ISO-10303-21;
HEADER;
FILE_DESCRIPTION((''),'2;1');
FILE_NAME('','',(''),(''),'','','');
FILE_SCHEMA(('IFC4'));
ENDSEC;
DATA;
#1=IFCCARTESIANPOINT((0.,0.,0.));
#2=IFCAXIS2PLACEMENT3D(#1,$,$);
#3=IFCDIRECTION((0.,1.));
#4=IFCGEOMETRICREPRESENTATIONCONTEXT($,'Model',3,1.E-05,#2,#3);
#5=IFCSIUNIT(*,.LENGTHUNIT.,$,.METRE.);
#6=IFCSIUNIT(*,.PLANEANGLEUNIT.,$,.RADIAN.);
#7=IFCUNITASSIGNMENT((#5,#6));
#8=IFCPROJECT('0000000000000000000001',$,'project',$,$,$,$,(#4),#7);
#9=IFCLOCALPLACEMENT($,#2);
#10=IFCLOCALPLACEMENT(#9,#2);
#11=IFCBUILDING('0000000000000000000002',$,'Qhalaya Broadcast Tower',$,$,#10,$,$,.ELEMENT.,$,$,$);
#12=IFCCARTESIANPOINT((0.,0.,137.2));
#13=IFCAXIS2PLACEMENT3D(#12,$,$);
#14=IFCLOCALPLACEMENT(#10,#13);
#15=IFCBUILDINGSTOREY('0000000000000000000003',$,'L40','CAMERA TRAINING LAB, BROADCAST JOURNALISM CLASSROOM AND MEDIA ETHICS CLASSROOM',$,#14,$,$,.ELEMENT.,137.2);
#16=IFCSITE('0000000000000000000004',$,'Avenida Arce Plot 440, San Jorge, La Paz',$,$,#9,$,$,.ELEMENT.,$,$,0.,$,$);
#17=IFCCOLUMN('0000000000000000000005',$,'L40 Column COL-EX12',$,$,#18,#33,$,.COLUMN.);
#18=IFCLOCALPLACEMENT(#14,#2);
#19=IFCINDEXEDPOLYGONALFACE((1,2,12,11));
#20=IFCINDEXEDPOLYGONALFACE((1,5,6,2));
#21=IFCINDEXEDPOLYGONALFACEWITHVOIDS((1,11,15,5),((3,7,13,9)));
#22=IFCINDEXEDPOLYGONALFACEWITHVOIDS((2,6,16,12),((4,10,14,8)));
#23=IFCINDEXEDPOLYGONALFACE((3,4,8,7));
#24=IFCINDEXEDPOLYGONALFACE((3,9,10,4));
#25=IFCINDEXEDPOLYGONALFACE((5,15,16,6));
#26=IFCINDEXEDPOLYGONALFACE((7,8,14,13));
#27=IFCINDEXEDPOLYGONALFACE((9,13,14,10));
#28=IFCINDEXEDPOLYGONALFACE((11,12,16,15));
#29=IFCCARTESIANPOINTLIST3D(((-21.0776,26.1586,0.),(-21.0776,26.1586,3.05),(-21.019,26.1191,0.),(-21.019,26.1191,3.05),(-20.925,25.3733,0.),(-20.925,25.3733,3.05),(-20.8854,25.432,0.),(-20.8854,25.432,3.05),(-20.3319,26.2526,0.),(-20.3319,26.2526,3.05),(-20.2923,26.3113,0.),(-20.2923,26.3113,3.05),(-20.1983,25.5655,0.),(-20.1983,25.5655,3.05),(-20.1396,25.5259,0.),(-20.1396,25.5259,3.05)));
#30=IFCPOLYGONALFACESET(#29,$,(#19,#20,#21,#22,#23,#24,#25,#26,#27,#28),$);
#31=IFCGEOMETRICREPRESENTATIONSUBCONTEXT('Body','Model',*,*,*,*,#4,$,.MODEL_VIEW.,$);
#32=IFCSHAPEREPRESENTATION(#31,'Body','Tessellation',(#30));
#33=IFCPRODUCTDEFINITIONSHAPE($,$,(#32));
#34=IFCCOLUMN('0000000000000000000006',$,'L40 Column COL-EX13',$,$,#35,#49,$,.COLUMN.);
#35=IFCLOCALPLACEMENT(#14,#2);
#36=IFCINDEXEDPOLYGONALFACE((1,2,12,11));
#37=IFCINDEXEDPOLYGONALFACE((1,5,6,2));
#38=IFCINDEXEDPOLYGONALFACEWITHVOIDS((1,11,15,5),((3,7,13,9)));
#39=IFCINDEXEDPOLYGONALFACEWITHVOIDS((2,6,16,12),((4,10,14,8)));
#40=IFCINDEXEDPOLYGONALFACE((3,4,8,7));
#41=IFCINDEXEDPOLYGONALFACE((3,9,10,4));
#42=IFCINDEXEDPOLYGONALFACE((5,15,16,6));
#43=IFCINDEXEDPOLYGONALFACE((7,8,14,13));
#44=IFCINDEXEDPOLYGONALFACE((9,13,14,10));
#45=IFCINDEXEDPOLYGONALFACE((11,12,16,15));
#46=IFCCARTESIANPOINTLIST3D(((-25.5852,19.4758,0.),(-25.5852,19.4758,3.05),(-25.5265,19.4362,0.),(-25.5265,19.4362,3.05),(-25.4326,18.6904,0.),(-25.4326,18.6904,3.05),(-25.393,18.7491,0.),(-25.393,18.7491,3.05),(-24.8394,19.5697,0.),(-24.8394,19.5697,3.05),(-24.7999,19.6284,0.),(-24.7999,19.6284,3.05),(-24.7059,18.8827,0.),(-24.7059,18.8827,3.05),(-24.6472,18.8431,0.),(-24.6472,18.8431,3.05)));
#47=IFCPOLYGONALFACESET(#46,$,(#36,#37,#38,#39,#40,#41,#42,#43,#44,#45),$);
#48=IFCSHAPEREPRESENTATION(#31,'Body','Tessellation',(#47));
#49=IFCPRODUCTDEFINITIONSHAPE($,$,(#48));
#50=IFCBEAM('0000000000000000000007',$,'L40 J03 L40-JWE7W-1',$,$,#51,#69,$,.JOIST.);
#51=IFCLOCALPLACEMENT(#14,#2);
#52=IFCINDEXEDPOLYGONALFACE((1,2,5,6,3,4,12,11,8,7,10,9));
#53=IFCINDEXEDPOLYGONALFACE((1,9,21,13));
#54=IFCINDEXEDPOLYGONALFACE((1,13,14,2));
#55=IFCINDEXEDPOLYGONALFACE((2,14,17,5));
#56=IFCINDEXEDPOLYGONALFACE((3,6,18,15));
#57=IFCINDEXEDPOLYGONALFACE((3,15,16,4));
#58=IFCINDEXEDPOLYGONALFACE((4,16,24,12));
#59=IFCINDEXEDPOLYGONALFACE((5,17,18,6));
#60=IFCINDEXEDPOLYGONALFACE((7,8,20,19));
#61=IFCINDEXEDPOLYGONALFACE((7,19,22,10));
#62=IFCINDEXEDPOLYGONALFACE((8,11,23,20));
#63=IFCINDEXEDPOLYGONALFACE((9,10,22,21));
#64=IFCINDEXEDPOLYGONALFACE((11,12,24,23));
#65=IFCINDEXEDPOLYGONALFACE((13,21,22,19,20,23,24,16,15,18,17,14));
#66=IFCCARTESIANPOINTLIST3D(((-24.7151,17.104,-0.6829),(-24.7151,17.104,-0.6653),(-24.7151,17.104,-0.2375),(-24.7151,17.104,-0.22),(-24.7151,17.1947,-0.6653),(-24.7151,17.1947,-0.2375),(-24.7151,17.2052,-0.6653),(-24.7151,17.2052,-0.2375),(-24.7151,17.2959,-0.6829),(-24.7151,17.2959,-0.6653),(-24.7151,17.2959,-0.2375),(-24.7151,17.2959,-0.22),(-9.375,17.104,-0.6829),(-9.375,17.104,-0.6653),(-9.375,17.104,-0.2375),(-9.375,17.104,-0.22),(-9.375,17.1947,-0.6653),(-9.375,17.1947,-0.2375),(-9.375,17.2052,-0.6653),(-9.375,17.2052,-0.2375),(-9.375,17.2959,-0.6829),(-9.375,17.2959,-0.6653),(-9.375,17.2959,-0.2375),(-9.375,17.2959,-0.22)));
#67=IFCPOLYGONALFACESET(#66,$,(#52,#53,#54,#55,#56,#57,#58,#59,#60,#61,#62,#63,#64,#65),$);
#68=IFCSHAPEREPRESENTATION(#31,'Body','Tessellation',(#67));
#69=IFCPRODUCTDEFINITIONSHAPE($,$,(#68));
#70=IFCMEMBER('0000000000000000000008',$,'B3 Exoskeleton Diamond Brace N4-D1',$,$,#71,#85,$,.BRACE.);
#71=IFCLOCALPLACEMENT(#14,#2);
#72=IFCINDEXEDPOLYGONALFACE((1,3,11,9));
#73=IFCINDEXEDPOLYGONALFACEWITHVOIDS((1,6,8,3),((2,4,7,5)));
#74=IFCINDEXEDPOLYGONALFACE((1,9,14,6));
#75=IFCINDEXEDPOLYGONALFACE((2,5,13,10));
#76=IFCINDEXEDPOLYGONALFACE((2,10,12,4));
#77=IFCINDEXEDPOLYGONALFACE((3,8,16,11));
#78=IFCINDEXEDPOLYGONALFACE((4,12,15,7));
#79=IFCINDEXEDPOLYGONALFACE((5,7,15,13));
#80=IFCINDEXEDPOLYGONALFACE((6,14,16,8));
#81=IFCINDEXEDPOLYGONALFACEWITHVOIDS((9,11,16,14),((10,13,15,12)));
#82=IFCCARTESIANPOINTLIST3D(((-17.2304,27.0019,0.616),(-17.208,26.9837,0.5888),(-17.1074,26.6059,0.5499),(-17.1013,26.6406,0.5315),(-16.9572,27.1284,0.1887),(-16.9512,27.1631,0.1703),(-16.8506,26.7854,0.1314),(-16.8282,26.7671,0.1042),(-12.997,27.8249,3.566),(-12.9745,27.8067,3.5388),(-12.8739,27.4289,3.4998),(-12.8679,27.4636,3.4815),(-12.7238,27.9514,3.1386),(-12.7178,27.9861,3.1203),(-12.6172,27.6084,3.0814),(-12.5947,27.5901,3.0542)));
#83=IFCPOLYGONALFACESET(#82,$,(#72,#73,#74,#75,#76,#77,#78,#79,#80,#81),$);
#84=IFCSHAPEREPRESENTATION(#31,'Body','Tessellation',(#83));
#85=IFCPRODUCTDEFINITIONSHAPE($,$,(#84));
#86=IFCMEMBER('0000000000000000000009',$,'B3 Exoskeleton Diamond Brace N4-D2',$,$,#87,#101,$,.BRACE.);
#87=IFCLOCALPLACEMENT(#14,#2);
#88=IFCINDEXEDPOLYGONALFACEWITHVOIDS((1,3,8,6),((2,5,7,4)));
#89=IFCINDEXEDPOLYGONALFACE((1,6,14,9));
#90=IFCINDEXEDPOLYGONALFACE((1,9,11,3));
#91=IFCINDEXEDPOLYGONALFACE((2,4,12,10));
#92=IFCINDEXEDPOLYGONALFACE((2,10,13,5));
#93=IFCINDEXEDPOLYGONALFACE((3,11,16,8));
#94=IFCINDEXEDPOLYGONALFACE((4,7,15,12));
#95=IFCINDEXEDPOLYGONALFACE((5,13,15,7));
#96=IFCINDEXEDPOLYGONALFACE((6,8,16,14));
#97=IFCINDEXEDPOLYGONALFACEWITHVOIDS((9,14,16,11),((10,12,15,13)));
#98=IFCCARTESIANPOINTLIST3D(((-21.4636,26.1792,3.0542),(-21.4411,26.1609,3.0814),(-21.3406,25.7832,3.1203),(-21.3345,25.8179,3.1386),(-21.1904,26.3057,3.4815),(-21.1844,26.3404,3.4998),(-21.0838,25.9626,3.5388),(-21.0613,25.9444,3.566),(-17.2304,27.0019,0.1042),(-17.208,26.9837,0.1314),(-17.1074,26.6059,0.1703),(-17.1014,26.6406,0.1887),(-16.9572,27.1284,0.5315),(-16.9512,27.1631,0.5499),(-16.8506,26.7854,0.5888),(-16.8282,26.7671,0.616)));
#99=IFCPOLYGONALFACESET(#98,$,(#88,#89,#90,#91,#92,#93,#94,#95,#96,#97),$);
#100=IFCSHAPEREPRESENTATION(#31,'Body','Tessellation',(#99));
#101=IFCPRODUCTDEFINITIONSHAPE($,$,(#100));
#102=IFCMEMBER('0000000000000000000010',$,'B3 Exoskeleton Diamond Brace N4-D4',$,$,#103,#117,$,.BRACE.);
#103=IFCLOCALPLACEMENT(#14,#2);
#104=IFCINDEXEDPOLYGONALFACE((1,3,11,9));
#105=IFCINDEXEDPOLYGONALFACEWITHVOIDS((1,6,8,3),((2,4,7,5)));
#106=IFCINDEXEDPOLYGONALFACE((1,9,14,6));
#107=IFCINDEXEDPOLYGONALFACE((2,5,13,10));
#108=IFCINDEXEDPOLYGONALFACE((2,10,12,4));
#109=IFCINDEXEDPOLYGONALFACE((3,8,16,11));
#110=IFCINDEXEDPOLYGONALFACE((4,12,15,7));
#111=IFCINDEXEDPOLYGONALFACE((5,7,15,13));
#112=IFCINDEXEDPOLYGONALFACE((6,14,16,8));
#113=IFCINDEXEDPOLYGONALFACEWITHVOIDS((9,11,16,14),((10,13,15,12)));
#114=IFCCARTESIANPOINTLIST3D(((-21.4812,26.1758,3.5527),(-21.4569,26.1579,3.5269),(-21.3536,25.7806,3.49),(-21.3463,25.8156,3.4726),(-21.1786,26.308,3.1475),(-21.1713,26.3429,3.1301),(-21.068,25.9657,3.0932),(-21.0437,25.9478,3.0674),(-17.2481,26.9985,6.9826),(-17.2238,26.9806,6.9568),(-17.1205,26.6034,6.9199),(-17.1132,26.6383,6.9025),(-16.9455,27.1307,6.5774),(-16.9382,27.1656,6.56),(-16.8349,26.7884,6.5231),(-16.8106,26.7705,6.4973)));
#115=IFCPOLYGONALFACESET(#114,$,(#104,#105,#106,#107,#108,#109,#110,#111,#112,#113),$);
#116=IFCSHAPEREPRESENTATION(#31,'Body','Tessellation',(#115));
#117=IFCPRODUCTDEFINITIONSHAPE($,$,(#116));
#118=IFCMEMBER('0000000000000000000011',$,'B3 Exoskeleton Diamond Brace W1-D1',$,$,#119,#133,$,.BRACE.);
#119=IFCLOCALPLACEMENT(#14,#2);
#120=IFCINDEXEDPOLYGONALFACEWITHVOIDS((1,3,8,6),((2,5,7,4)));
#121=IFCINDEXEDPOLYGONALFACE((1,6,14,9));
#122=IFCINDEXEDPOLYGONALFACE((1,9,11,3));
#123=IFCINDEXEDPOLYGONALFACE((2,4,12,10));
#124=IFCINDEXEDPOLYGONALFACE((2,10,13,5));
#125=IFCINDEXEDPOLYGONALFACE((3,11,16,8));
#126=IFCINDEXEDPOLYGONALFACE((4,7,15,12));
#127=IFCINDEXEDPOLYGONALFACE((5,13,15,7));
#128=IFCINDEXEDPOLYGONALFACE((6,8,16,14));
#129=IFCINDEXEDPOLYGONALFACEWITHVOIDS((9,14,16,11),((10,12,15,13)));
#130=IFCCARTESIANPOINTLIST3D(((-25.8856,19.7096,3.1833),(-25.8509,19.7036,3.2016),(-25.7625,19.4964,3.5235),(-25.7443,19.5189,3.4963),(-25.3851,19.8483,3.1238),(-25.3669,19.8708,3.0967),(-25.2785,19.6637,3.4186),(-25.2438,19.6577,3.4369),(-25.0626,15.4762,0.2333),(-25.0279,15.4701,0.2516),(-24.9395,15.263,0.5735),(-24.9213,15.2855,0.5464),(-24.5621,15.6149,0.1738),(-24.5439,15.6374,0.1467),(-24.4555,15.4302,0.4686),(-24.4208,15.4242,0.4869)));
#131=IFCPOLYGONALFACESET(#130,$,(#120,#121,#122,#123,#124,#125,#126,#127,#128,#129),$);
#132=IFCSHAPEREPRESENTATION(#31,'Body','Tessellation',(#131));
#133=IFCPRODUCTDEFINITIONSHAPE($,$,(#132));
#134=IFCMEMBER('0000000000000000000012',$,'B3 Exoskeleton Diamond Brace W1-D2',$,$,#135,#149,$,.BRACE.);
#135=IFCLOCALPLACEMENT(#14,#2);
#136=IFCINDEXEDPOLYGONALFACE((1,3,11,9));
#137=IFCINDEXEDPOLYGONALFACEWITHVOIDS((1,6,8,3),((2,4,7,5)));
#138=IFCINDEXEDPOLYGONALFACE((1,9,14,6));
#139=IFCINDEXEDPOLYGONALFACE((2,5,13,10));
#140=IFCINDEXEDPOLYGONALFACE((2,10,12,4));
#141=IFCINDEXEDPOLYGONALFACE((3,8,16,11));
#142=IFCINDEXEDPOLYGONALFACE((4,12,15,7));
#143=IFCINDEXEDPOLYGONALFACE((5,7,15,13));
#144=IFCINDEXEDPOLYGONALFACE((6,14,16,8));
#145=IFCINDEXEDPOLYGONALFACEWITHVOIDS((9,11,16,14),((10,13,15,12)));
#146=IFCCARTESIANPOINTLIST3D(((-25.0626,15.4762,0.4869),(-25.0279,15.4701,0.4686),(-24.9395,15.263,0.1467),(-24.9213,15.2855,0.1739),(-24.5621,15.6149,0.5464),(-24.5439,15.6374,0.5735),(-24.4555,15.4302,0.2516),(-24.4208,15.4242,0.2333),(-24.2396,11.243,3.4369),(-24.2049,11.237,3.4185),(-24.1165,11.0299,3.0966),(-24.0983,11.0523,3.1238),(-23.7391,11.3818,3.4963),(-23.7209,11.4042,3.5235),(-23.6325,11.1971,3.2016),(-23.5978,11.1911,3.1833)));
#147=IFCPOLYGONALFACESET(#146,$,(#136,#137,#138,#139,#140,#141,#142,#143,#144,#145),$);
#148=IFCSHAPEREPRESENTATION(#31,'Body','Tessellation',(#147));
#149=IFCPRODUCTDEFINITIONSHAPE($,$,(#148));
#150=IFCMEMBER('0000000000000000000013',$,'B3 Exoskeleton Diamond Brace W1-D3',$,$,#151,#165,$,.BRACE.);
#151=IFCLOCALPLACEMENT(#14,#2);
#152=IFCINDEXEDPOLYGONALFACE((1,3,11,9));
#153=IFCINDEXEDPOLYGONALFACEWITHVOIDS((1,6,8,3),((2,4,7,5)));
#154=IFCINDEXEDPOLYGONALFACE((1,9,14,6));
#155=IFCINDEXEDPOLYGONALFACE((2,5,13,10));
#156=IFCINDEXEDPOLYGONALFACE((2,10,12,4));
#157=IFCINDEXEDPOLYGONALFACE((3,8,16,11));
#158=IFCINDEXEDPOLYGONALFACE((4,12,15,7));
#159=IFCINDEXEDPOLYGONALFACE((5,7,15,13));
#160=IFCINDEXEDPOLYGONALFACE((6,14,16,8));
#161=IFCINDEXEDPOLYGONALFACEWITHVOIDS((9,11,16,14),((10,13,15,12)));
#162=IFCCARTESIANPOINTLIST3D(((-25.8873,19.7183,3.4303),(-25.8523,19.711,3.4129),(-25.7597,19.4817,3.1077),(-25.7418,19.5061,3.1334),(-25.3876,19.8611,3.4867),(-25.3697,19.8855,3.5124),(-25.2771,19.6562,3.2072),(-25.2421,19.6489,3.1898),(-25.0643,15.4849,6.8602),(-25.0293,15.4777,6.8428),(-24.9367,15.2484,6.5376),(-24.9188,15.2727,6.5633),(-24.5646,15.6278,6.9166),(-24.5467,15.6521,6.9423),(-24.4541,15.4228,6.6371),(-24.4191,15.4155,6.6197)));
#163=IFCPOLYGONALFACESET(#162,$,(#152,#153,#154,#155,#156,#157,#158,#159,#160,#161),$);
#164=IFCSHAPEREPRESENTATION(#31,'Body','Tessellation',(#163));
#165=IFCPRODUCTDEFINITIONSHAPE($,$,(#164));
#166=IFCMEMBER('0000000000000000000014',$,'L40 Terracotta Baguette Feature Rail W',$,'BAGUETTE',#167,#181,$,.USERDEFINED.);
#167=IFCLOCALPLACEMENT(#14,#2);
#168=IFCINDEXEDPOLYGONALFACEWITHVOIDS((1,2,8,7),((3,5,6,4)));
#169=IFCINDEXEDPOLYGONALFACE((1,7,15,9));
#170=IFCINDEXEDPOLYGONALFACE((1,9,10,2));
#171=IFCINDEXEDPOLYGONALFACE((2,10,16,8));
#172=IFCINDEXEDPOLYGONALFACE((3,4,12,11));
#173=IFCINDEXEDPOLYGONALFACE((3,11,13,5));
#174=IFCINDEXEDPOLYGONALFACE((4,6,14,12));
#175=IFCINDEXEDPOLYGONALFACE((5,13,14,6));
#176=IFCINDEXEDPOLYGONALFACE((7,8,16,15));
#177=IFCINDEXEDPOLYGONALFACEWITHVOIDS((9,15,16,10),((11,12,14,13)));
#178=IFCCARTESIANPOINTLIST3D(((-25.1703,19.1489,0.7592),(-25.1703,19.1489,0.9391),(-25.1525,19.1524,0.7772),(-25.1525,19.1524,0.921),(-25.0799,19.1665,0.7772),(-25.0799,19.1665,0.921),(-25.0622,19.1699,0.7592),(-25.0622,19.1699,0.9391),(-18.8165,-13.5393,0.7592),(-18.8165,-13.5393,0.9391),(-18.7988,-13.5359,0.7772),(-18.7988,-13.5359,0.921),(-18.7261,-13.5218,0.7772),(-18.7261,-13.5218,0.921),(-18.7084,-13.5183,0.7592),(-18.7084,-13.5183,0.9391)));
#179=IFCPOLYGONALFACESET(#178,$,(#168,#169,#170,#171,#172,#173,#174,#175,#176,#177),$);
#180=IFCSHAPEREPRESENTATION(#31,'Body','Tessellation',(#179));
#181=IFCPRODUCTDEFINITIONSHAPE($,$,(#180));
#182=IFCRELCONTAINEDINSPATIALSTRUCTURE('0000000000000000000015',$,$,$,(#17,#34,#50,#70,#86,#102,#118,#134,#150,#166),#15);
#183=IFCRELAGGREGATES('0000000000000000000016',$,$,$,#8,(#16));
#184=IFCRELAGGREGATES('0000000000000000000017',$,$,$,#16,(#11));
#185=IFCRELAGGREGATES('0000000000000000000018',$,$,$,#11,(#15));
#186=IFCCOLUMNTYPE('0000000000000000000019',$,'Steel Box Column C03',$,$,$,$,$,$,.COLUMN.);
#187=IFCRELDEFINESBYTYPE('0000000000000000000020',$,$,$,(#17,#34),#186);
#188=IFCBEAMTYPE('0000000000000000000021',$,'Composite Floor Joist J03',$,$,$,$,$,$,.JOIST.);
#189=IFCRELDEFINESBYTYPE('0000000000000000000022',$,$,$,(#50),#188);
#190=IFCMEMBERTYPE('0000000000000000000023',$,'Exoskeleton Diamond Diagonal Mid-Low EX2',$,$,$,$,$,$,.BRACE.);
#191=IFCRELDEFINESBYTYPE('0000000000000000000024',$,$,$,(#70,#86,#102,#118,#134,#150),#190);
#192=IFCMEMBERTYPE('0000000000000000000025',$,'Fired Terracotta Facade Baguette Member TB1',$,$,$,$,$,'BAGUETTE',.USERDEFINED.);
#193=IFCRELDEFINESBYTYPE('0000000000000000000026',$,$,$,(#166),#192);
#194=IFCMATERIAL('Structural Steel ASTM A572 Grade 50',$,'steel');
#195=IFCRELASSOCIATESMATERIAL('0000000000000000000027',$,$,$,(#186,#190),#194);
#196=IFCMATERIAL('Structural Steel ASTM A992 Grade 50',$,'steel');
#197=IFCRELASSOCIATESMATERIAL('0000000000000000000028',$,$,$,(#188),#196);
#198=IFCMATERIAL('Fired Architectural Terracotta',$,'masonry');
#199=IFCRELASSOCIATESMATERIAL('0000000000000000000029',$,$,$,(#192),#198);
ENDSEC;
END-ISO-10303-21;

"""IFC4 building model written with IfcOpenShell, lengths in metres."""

from ifc_helpers import new_model, si_unit, direction, frame, origin, origin_2d, place, context, subcontext, project, spatial, hollow_rectangle, i_section, extrude, material, material_profile, profile_set, type_object, element, save


model = new_model("IFC4")

# Units and contexts
model_context = context("Model", 3, precision=1e-05, world=origin(), true_north=direction((0.0, 1.0)))
body_context = subcontext(model_context, "Body", "Model", "MODEL_VIEW")
ifc_project = project(units=[si_unit("LENGTHUNIT", "METRE"), si_unit("PLANEANGLEUNIT", "RADIAN")], contexts=[model_context])

# Site, building, storey
site_placement = place(None, origin())
site = spatial("IfcSite", under=ifc_project, at=site_placement, Name="Avenida Arce Plot 440, San Jorge, La Paz", CompositionType="ELEMENT", RefElevation=0.0)
building_placement = place(site_placement, origin())
building = spatial("IfcBuilding", under=site, at=building_placement, Name="Qhalaya Broadcast Tower", CompositionType="ELEMENT")
storey_placement = place(building_placement, frame((0.0, 0.0, 137.2)))
storey = spatial("IfcBuildingStorey", under=building, at=storey_placement, Name="L40", Description="CAMERA TRAINING LAB, BROADCAST JOURNALISM CLASSROOM AND MEDIA ETHICS CLASSROOM", CompositionType="ELEMENT", Elevation=137.2)

# Columns
ifc_material_1 = material(Name="Structural Steel ASTM A572 Grade 50", Category="steel")
ifc_material_profile_1 = material_profile(ifc_material_1, hollow_rectangle(XDim=0.8, YDim=0.8, WallThickness=0.05, at=origin_2d()), Name="BOX 800x800x50")
ifc_profile_set_1 = profile_set([ifc_material_profile_1], Name="Structural Steel ASTM A572 Grade 50")
column_type = type_object("IfcColumnType", Name="Steel Box Column C03", PredefinedType="COLUMN", material=ifc_profile_set_1)
for number, where, z_axis, x_axis, name in (
    (1, (-20.6086, 25.8423, 0.0), (0.0, 0.0, 1.0), (0.981627, 0.190809, 0.0), "L40 Column COL-EX12"),
    (2, (-25.1162, 19.1594, 0.0), (0.0, 0.0, 1.0), (-0.190809, 0.981627, 0.0), "L40 Column COL-EX13"),
):
    element("IfcColumn", number, at=place(storey_placement, frame(where, z_axis=z_axis, x_axis=x_axis)), inside=storey, type_object=column_type, Name=name, PredefinedType="COLUMN", context=body_context, shape_type="SweptSolid", body=[
        extrude(hollow_rectangle(XDim=0.8, YDim=0.8, WallThickness=0.05, at=origin_2d()), origin(), (0.0, 0.0, 1.0), 3.05),
    ])

# Beam
ifc_material_2 = material(Name="Structural Steel ASTM A992 Grade 50", Category="steel")
ifc_material_profile_2 = material_profile(ifc_material_2, i_section(OverallWidth=0.1919, OverallDepth=0.4629, WebThickness=0.0105, FlangeThickness=0.0176, at=origin_2d()), Name="W18X60")
ifc_profile_set_2 = profile_set([ifc_material_profile_2], Name="Structural Steel ASTM A992 Grade 50")
beam_type_1 = type_object("IfcBeamType", Name="Composite Floor Joist J03", PredefinedType="JOIST", material=ifc_profile_set_2)
beam_1_placement = place(storey_placement, frame((-24.7151, 17.2, -0.4514), z_axis=(1.0, 0.0, 0.0), x_axis=(0.0, 1.0, 0.0)))
element("IfcBeam", 3, at=beam_1_placement, inside=storey, type_object=beam_type_1, Name="L40 J03 L40-JWE7W-1", PredefinedType="JOIST", context=body_context, shape_type="SweptSolid", body=[
    extrude(i_section(OverallWidth=0.1919, OverallDepth=0.4629, WebThickness=0.0105, FlangeThickness=0.0176, at=origin_2d()), origin(), (0.0, 0.0, 1.0), 15.3401),
])

# Members
ifc_material_profile_3 = material_profile(ifc_material_1, hollow_rectangle(XDim=0.4199, YDim=0.55, WallThickness=0.0281, at=origin_2d()), Name="BOX 420x550x28")
ifc_profile_set_3 = profile_set([ifc_material_profile_3], Name="Structural Steel ASTM A572 Grade 50")
member_type_1 = type_object("IfcMemberType", Name="Exoskeleton Diamond Diagonal Mid-Low EX2", PredefinedType="BRACE", material=ifc_profile_set_3)
member_1_placement = place(storey_placement, frame((-17.0293, 26.8845, 0.3601), z_axis=(0.810211, 0.15751, 0.564578), x_axis=(-0.293074, 0.943029, 0.15749)))
element("IfcMember", 4, at=member_1_placement, inside=storey, type_object=member_type_1, Name="B3 Exoskeleton Diamond Brace N4-D1", PredefinedType="BRACE", context=body_context, shape_type="SweptSolid", body=[
    extrude(hollow_rectangle(XDim=0.4199, YDim=0.55, WallThickness=0.0281, at=origin_2d()), origin(), (0.0, 0.0, 1.0), 5.2251),
])
member_2_placement = place(storey_placement, frame((-17.0293, 26.8845, 0.3601), z_axis=(-0.810201, -0.15747, 0.564604), x_axis=(0.293037, -0.943042, 0.157487)))
element("IfcMember", 5, at=member_2_placement, inside=storey, type_object=member_type_1, Name="B3 Exoskeleton Diamond Brace N4-D2", PredefinedType="BRACE", context=body_context, shape_type="SweptSolid", body=[
    extrude(hollow_rectangle(XDim=0.4199, YDim=0.55, WallThickness=0.0281, at=origin_2d()), origin(), (0.0, 0.0, 1.0), 5.2249),
])
member_3_placement = place(storey_placement, frame((-21.2625, 26.0618, 3.3101), z_axis=(0.768257, 0.149318, 0.622483), x_axis=(-0.303878, 0.940935, 0.149333)))
element("IfcMember", 6, at=member_3_placement, inside=storey, type_object=member_type_1, Name="B3 Exoskeleton Diamond Brace N4-D4", PredefinedType="BRACE", context=body_context, shape_type="SweptSolid", body=[
    extrude(hollow_rectangle(XDim=0.4199, YDim=0.55, WallThickness=0.0281, at=origin_2d()), origin(), (0.0, 0.0, 1.0), 5.51),
])
member_4_placement = place(storey_placement, frame((-24.7417, 15.4502, 0.3601), z_axis=(-0.15751, 0.810211, 0.564578), x_axis=(0.293063, -0.507607, 0.810215)))
element("IfcMember", 7, at=member_4_placement, inside=storey, type_object=member_type_1, Name="B3 Exoskeleton Diamond Brace W1-D1", PredefinedType="BRACE", context=body_context, shape_type="SweptSolid", body=[
    extrude(hollow_rectangle(XDim=0.4199, YDim=0.55, WallThickness=0.0281, at=origin_2d()), origin(), (0.0, 0.0, 1.0), 5.2251),
])
member_5_placement = place(storey_placement, frame((-24.7417, 15.4502, 0.3601), z_axis=(0.157516, -0.810195, 0.564599), x_axis=(-0.293073, 0.507625, 0.810201)))
element("IfcMember", 8, at=member_5_placement, inside=storey, type_object=member_type_1, Name="B3 Exoskeleton Diamond Brace W1-D2", PredefinedType="BRACE", context=body_context, shape_type="SweptSolid", body=[
    extrude(hollow_rectangle(XDim=0.4199, YDim=0.55, WallThickness=0.0281, at=origin_2d()), origin(), (0.0, 0.0, 1.0), 5.2249),
])
member_6_placement = place(storey_placement, frame((-25.5647, 19.6836, 3.3101), z_axis=(0.149356, -0.76827, 0.622458), x_axis=(-0.303906, 0.56338, 0.768274)))
element("IfcMember", 9, at=member_6_placement, inside=storey, type_object=member_type_1, Name="B3 Exoskeleton Diamond Brace W1-D3", PredefinedType="BRACE", context=body_context, shape_type="SweptSolid", body=[
    extrude(hollow_rectangle(XDim=0.4199, YDim=0.55, WallThickness=0.0281, at=origin_2d()), origin(), (0.0, 0.0, 1.0), 5.5103),
])
ifc_material_3 = material(Name="Fired Architectural Terracotta", Category="masonry")
ifc_material_profile_4 = material_profile(ifc_material_3, hollow_rectangle(XDim=0.1101, YDim=0.1799, WallThickness=0.0181, at=origin_2d()), Name="TB-BAG 110x180x18")
ifc_profile_set_4 = profile_set([ifc_material_profile_4], Name="Fired Architectural Terracotta")
member_type_2 = type_object("IfcMemberType", Name="Fired Terracotta Facade Baguette Member TB1", ElementType="BAGUETTE", PredefinedType="USERDEFINED", material=ifc_profile_set_4)
member_7_placement = place(storey_placement, frame((-25.1162, 19.1594, 0.8491), z_axis=(0.190804, -0.981628, 0.0), x_axis=(0.981628, 0.190804, 0.0)))
element("IfcMember", 10, at=member_7_placement, inside=storey, type_object=member_type_2, Name="L40 Terracotta Baguette Feature Rail W", ObjectType="BAGUETTE", PredefinedType="USERDEFINED", context=body_context, shape_type="SweptSolid", body=[
    extrude(hollow_rectangle(XDim=0.1101, YDim=0.1799, WallThickness=0.0181, at=origin_2d()), origin(), (0.0, 0.0, 1.0), 33.3),
])

save(model, "model.ifc")
